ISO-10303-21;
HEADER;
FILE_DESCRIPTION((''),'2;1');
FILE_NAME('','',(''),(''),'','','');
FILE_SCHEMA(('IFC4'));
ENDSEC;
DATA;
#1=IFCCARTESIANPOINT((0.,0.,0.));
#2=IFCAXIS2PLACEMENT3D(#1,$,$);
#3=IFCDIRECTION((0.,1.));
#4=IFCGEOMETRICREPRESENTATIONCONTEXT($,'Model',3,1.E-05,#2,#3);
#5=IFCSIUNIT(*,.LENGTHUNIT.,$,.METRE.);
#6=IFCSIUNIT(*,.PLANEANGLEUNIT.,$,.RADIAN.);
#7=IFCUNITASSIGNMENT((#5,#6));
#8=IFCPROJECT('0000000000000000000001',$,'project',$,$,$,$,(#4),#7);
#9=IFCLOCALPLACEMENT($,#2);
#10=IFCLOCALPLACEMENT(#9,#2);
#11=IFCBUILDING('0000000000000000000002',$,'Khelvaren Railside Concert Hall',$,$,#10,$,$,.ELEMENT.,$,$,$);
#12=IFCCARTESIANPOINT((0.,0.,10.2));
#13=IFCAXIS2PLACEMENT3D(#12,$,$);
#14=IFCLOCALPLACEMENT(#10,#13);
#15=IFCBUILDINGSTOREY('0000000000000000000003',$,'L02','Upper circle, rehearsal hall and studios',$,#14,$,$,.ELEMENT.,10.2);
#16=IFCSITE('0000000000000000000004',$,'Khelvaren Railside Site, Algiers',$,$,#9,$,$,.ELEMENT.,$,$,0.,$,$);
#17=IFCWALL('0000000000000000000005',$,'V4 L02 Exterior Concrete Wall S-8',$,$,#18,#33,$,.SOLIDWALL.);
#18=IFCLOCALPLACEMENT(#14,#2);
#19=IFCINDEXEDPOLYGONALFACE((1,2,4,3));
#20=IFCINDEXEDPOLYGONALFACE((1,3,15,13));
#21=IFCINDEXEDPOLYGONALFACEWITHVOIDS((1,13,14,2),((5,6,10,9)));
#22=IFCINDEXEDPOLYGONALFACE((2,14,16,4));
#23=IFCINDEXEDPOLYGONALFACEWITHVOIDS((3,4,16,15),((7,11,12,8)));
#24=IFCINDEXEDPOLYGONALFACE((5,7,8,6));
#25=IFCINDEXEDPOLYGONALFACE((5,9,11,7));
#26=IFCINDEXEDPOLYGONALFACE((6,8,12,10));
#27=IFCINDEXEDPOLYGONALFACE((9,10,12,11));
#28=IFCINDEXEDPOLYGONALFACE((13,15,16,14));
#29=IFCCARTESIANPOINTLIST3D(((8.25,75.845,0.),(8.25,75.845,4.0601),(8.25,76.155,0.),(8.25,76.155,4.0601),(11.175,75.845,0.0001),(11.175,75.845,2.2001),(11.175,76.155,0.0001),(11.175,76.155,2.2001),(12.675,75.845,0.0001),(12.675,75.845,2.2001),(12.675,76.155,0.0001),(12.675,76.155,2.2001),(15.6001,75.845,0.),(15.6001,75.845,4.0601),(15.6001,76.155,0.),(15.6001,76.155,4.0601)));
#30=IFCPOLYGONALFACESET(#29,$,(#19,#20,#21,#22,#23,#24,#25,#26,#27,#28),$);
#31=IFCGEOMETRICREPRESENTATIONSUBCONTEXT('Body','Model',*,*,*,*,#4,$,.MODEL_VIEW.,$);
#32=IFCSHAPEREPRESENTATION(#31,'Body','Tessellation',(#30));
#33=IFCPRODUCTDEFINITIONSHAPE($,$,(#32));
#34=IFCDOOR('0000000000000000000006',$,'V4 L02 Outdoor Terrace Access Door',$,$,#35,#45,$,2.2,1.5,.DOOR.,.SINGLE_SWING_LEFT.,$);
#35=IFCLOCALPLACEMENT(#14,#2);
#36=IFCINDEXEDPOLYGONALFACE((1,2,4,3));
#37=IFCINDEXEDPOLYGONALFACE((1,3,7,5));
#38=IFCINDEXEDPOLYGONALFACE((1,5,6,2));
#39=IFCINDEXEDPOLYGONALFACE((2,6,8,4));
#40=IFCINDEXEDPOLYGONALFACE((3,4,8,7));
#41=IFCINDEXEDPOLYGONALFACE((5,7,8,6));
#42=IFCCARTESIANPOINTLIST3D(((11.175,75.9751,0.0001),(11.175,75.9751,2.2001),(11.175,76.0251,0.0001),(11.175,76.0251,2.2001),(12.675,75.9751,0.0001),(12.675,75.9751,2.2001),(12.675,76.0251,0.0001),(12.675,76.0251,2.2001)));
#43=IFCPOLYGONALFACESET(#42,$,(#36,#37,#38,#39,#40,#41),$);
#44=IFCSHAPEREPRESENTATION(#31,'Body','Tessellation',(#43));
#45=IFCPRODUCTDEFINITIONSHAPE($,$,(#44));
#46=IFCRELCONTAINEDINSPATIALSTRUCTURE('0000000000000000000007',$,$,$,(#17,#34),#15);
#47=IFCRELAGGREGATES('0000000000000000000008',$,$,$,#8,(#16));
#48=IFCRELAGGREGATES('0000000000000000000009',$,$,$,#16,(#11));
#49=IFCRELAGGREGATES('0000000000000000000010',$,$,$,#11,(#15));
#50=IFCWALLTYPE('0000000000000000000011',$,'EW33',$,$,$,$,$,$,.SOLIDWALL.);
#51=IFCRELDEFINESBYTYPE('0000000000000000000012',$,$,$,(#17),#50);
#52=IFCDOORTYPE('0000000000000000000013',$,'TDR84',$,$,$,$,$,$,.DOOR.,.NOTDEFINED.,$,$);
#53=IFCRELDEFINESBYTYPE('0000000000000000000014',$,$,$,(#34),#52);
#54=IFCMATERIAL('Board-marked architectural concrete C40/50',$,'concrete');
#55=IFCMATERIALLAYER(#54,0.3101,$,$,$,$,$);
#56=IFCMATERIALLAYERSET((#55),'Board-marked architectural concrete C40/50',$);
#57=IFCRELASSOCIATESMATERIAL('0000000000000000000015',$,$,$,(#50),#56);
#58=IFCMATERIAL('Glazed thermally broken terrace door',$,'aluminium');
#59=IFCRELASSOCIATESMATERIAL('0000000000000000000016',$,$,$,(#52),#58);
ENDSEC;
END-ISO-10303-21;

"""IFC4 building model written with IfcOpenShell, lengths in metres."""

from ifc_helpers import new_model, si_unit, direction, frame, frame_2d, origin, place, context, subcontext, project, spatial, rectangle, extrude, material, layer, layer_set, type_object, element, fill, save


model = new_model("IFC4")

# Units and contexts
model_context = context("Model", 3, precision=1e-05, world=origin(), true_north=direction((0.0, 1.0)))
body_context = subcontext(model_context, "Body", "Model", "MODEL_VIEW")
ifc_project = project(units=[si_unit("LENGTHUNIT", "METRE"), si_unit("PLANEANGLEUNIT", "RADIAN")], contexts=[model_context])

# Site, building, storey
site_placement = place(None, origin())
site = spatial("IfcSite", under=ifc_project, at=site_placement, Name="Khelvaren Railside Site, Algiers", CompositionType="ELEMENT", RefElevation=0.0)
building_placement = place(site_placement, origin())
building = spatial("IfcBuilding", under=site, at=building_placement, Name="Khelvaren Railside Concert Hall", CompositionType="ELEMENT")
storey_placement = place(building_placement, frame((0.0, 0.0, 10.2)))
storey = spatial("IfcBuildingStorey", under=building, at=storey_placement, Name="L02", Description="Upper circle, rehearsal hall and studios", CompositionType="ELEMENT", Elevation=10.2)

# Wall, opening, door
ifc_material_1 = material(Name="Board-marked architectural concrete C40/50", Category="concrete")
ifc_layer_1 = layer(ifc_material_1, 0.3101)
ifc_layer_set_1 = layer_set([ifc_layer_1], Name="Board-marked architectural concrete C40/50")
wall_type = type_object("IfcWallType", Name="EW33", PredefinedType="SOLIDWALL", material=ifc_layer_set_1)
wall_placement = place(storey_placement, frame((15.6001, 76.0, 0.0), z_axis=(0.0, 0.0, 1.0), x_axis=(-1.0, 0.0, 0.0)))
wall = element("IfcWall", 1, at=wall_placement, inside=storey, type_object=wall_type, Name="V4 L02 Exterior Concrete Wall S-8", PredefinedType="SOLIDWALL", context=body_context, shape_type="SweptSolid", body=[
    extrude(rectangle(XDim=7.3501, YDim=0.3101, at=frame_2d((3.675, 0.0))), origin(), (0.0, 0.0, 1.0), 4.0601),
])
opening_placement = place(wall_placement, frame((2.925, 0.0, 0.0)))
opening = element("IfcOpeningElement", 2, at=opening_placement, cuts=wall, PredefinedType="OPENING", context=body_context, shape_type="SweptSolid", body=[
    extrude(rectangle(XDim=1.5, YDim=2.2, at=frame_2d((0.75, 1.1001))), frame((0.0, 0.165, 0.0), z_axis=(0.0, -1.0, 0.0), x_axis=(1.0, 0.0, 0.0)), (0.0, 0.0, 1.0), 0.3301),
])
ifc_material_2 = material(Name="Glazed thermally broken terrace door", Category="aluminium")
door_type = type_object("IfcDoorType", Name="TDR84", OperationType="NOTDEFINED", PredefinedType="DOOR", material=ifc_material_2)
door_placement = place(opening_placement, origin())
door = element("IfcDoor", 3, at=door_placement, inside=storey, type_object=door_type, Name="V4 L02 Outdoor Terrace Access Door", OperationType="SINGLE_SWING_LEFT", OverallHeight=2.2, OverallWidth=1.5, PredefinedType="DOOR", context=body_context, shape_type="SweptSolid", body=[
    extrude(rectangle(XDim=1.5, YDim=2.2, at=frame_2d((0.75, 1.1001))), frame((0.0, 0.0249, 0.0), z_axis=(0.0, -1.0, 0.0), x_axis=(1.0, 0.0, 0.0)), (0.0, 0.0, 1.0), 0.05),
])
fill(opening, door)

save(model, "model.ifc")
